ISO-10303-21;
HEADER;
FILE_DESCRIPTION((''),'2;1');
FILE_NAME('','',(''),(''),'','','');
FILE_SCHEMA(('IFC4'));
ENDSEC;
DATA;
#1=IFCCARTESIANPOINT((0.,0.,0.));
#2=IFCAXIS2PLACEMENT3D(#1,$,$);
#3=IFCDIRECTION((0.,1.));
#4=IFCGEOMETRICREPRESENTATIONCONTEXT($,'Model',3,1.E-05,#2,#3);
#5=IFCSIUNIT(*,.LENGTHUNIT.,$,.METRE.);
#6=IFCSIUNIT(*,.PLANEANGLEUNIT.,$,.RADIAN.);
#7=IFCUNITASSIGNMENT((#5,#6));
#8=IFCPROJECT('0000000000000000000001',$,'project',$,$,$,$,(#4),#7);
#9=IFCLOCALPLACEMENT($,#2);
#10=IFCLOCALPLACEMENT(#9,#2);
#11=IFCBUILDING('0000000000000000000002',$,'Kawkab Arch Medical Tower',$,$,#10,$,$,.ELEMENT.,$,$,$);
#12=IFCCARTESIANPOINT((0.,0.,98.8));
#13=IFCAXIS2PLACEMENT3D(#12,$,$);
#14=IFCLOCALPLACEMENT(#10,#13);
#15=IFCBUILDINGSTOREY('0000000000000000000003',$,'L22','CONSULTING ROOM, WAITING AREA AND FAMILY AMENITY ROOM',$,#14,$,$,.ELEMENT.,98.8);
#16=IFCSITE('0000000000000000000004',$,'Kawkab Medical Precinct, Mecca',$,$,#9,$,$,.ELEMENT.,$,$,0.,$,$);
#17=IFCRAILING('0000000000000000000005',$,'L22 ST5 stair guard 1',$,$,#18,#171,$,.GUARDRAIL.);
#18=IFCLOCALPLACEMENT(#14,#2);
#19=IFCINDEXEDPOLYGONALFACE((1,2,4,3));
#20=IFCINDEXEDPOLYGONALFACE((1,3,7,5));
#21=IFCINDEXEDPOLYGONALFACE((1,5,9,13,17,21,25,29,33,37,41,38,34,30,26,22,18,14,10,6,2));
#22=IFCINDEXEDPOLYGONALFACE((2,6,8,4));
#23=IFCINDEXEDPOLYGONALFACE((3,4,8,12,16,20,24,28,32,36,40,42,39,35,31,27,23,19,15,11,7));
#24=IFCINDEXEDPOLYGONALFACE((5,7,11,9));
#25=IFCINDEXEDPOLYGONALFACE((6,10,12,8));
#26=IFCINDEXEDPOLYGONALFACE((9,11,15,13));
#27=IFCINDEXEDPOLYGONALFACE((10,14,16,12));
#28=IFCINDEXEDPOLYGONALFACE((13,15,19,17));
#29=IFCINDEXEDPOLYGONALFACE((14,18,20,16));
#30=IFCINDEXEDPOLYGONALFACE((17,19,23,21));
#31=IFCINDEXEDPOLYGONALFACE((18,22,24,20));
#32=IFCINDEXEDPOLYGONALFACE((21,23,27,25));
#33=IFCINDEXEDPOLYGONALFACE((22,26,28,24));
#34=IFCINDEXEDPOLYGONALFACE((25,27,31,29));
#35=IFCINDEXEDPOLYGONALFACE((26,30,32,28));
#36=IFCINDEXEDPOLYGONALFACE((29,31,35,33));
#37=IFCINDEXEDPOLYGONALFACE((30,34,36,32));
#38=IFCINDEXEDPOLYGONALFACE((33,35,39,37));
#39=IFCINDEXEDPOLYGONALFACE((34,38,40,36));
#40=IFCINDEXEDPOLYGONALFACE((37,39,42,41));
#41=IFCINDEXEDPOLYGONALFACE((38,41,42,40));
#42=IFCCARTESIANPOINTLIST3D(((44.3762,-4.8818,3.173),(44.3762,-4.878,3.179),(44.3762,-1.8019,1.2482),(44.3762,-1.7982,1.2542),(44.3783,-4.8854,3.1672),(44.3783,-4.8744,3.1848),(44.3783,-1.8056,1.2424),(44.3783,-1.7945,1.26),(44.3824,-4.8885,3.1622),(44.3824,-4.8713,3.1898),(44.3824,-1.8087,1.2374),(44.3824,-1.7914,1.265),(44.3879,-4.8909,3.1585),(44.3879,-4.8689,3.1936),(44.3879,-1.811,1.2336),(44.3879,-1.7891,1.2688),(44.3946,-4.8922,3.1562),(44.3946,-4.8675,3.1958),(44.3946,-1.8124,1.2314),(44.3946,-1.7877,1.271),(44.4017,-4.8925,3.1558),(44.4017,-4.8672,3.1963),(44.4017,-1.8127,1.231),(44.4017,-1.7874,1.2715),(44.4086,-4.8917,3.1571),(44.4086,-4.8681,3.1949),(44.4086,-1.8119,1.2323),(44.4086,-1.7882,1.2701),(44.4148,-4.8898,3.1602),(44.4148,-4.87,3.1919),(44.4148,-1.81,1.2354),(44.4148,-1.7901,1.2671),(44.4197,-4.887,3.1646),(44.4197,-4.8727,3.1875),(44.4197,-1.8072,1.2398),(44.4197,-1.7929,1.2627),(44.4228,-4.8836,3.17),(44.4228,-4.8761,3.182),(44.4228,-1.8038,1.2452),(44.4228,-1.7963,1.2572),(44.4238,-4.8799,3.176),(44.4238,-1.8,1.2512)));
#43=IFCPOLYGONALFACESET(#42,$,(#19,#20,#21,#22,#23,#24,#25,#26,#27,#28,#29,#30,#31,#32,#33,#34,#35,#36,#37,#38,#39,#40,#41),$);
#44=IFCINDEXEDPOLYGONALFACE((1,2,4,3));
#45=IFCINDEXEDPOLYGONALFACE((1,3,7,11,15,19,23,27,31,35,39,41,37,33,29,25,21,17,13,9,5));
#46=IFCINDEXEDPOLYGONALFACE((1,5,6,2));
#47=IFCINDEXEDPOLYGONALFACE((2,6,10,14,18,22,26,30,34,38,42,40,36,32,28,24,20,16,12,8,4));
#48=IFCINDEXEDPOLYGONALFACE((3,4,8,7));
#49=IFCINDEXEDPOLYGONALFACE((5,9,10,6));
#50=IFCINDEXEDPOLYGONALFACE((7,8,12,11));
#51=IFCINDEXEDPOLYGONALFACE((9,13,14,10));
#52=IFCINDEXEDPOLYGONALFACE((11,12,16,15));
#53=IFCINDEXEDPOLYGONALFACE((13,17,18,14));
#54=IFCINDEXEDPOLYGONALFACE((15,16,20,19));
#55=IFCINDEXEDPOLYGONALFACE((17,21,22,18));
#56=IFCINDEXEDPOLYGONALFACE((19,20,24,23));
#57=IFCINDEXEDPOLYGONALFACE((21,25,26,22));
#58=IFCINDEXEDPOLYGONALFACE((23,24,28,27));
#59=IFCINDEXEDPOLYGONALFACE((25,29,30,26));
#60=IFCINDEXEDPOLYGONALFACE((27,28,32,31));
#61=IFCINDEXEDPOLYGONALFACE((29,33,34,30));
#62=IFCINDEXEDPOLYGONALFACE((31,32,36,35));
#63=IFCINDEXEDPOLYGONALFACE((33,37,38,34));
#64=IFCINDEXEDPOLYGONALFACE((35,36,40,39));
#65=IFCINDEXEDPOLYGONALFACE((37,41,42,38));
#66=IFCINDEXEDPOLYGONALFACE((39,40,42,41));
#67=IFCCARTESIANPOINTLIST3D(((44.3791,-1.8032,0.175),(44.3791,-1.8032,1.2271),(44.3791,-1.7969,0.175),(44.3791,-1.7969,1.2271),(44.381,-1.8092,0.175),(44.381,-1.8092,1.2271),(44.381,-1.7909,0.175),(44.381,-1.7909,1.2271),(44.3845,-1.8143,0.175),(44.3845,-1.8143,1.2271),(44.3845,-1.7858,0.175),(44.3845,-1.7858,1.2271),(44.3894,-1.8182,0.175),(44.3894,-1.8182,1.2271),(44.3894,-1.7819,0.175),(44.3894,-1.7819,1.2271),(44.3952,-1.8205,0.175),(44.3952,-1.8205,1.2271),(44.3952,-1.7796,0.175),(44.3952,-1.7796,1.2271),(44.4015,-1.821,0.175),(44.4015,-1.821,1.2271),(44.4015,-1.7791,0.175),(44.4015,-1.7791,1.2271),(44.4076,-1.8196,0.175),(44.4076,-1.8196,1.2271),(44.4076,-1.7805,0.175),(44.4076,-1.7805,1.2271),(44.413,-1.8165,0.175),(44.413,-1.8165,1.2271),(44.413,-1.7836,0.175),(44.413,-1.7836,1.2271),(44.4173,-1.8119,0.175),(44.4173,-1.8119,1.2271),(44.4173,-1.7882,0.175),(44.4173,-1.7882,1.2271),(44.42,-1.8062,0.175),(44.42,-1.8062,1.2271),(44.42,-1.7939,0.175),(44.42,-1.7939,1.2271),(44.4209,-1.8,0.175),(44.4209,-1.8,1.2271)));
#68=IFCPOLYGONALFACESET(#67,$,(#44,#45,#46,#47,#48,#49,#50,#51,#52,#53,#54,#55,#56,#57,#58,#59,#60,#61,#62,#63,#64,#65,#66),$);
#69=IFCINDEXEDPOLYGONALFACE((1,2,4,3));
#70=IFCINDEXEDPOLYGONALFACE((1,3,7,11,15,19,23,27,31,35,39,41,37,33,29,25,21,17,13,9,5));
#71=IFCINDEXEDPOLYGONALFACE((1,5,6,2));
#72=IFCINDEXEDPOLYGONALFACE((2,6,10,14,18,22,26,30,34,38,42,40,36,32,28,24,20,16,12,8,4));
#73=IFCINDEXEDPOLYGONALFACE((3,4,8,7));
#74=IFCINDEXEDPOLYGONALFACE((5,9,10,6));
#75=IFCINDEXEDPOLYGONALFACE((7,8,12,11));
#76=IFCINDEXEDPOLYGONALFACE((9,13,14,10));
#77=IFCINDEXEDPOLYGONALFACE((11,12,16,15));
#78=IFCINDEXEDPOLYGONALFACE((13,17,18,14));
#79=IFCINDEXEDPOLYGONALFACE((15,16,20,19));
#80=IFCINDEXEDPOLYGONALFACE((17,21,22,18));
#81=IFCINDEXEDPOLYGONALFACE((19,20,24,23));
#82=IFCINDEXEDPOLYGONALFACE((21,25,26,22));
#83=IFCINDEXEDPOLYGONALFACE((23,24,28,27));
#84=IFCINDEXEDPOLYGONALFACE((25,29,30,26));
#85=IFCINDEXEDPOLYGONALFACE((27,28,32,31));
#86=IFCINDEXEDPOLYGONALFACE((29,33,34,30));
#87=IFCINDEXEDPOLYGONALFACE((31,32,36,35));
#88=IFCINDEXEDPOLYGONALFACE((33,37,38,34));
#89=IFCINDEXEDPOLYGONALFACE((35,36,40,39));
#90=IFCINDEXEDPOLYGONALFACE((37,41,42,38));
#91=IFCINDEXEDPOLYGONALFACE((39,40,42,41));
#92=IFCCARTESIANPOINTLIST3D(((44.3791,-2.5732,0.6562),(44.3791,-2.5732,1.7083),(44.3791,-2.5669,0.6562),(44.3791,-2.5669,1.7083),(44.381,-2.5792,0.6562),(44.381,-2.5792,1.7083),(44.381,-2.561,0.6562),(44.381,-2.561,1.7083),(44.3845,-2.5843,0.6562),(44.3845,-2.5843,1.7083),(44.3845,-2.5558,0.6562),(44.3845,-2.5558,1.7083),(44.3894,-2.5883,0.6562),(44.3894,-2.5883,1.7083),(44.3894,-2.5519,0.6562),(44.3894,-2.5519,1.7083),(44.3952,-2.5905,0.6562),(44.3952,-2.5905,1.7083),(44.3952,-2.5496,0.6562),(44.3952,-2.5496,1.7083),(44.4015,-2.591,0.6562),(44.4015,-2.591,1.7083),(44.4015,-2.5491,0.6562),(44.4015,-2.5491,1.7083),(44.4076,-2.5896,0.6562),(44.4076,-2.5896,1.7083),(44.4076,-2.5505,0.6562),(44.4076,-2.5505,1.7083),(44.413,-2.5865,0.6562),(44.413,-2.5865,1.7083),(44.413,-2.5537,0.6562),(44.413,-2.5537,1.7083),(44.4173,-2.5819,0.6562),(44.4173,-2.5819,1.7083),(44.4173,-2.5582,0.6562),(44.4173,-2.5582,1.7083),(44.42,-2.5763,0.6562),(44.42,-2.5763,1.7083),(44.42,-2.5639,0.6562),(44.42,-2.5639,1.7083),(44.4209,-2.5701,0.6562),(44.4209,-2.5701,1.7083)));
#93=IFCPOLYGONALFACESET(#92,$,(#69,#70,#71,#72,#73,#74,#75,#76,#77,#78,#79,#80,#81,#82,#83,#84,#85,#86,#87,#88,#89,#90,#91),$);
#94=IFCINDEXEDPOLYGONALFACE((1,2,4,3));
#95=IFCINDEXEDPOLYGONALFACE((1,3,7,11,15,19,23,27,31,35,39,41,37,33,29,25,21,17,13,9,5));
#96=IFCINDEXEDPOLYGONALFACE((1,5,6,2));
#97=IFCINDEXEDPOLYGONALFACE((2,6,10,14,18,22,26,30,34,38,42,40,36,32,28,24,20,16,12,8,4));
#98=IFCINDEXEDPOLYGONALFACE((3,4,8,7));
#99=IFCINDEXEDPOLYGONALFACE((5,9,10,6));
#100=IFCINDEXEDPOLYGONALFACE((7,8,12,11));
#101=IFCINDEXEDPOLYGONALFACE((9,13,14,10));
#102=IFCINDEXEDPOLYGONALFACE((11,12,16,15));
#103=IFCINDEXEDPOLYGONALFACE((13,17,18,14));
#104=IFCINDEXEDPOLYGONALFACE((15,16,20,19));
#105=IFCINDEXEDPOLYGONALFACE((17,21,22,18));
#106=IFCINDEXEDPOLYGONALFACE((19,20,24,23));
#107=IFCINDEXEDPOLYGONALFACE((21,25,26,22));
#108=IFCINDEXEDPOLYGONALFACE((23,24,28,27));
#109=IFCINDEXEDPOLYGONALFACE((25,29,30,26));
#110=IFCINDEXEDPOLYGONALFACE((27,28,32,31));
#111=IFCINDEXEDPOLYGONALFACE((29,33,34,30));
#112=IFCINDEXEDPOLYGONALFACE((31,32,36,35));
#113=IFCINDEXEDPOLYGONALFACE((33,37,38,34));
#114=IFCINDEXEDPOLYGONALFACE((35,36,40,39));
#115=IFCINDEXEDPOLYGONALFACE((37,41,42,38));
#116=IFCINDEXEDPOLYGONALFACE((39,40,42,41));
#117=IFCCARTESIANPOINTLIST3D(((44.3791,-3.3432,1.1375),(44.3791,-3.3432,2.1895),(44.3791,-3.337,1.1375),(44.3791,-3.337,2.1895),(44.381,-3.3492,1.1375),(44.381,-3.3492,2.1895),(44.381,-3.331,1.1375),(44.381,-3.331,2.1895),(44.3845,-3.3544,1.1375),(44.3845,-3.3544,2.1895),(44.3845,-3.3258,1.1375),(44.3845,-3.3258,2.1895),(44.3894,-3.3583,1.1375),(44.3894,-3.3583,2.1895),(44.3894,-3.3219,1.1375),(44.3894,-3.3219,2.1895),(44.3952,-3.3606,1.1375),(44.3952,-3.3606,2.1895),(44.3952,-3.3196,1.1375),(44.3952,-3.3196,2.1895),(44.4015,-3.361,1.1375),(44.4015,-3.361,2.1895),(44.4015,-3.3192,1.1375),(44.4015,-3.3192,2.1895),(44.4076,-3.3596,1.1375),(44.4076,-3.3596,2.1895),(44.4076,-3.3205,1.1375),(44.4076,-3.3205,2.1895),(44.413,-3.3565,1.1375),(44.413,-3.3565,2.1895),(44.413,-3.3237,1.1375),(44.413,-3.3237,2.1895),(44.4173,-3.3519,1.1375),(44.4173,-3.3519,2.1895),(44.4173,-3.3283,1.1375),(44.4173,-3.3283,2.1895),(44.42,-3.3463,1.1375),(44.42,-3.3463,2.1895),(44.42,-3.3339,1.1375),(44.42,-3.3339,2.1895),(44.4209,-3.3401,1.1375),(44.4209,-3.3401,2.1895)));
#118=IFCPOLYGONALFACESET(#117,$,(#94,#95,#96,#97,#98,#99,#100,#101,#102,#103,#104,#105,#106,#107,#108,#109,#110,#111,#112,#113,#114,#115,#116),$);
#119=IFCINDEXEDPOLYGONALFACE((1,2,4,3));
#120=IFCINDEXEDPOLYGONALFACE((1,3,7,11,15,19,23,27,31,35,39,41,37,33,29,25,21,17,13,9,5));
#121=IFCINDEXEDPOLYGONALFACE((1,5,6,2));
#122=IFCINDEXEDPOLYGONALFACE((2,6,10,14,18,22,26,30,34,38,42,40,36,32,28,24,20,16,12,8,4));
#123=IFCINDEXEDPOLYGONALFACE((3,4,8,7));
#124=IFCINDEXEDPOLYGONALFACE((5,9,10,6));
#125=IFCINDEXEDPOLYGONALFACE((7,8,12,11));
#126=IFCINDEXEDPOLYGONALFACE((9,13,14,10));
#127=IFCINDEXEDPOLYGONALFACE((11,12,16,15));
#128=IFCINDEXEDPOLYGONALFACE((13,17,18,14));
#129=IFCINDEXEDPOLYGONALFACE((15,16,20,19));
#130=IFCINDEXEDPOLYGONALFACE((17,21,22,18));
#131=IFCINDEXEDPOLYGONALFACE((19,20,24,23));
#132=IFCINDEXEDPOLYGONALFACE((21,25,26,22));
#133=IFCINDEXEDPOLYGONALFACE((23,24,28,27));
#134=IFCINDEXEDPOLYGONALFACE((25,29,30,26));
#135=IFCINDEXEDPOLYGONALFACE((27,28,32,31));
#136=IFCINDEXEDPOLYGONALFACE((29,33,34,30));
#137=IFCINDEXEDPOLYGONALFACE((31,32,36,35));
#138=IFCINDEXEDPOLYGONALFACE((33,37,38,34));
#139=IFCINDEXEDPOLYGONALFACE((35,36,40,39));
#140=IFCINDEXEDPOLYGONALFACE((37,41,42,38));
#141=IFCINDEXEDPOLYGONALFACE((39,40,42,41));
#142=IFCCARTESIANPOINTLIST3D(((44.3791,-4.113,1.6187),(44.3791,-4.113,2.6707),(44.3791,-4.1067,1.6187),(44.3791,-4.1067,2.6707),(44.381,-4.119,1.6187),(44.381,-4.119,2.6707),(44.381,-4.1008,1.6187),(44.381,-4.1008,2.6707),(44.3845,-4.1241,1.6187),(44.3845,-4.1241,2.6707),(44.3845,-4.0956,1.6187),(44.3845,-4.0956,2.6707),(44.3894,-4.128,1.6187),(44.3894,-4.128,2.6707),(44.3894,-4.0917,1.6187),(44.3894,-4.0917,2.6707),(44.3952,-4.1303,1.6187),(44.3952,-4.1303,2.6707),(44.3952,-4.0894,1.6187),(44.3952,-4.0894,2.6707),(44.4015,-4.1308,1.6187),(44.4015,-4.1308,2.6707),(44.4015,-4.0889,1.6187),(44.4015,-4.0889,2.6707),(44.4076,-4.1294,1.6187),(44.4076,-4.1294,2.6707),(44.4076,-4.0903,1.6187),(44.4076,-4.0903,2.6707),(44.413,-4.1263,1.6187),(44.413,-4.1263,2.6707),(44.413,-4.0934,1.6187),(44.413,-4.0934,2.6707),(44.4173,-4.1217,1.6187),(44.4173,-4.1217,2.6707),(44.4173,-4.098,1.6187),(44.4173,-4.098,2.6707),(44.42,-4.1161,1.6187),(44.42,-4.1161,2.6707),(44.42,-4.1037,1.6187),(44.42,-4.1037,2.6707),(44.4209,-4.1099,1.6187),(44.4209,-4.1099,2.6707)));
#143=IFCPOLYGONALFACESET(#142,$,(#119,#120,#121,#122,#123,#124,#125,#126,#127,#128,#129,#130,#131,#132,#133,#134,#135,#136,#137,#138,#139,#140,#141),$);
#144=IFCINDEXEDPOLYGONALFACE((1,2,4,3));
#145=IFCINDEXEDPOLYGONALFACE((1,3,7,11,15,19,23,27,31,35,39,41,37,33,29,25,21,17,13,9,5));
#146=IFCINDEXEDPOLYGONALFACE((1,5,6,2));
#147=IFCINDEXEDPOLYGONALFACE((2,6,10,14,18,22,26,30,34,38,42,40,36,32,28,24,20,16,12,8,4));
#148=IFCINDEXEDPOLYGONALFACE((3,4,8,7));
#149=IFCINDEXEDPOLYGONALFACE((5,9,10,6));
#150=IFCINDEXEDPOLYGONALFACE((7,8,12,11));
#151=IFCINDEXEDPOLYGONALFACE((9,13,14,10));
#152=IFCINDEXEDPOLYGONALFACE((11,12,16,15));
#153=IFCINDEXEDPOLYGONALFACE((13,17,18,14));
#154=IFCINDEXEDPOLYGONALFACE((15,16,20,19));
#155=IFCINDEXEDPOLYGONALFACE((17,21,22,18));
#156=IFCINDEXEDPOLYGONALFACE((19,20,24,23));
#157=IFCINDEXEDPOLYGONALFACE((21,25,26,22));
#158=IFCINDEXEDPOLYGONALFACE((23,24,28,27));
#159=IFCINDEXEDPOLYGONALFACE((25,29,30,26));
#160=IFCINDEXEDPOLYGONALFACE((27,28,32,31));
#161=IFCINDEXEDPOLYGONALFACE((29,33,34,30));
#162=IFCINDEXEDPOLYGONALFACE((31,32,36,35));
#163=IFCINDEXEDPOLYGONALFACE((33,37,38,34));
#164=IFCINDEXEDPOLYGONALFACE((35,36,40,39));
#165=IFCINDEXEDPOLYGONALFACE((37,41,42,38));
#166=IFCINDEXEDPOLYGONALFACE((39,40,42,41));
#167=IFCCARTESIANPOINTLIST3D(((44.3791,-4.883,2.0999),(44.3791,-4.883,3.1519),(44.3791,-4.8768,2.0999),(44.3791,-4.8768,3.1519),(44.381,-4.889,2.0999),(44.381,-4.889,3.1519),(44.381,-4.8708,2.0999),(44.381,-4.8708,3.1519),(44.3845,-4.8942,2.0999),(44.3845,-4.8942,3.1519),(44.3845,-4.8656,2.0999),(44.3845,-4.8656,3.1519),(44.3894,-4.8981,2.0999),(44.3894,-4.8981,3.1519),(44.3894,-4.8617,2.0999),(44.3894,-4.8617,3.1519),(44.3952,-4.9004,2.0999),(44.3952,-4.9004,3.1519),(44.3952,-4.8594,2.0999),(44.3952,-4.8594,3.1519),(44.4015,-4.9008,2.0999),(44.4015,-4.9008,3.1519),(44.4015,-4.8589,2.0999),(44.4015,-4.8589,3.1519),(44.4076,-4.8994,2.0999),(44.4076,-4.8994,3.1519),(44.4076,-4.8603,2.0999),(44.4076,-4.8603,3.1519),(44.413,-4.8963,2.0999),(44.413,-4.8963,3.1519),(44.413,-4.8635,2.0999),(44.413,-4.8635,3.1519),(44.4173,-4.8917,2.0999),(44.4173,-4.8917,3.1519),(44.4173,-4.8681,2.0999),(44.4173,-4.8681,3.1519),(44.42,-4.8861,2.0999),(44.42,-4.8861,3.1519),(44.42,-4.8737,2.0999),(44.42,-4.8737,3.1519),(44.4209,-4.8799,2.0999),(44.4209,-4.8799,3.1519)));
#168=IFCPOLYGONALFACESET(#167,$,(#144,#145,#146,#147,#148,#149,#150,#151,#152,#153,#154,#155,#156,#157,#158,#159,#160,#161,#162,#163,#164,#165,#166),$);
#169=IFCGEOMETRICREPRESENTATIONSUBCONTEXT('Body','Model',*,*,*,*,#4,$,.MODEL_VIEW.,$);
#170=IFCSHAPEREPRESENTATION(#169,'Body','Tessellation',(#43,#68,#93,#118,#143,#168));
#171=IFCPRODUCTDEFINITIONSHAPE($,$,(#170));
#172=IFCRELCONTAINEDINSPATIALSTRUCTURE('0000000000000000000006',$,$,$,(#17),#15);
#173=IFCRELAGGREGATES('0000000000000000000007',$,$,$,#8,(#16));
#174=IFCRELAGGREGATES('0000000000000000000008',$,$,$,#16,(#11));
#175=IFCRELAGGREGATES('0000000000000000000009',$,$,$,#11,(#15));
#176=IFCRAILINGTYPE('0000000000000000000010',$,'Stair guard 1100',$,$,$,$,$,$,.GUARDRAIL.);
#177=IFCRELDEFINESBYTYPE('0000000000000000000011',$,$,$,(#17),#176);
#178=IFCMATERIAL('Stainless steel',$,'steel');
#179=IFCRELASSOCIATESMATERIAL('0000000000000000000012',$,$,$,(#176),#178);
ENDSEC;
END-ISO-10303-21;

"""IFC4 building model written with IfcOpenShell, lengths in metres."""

from ifc_helpers import new_model, si_unit, direction, frame, origin, origin_2d, place, context, subcontext, project, spatial, circle, extrude, material, type_object, element, save


model = new_model("IFC4")

# Units and contexts
model_context = context("Model", 3, precision=1e-05, world=origin(), true_north=direction((0.0, 1.0)))
body_context = subcontext(model_context, "Body", "Model", "MODEL_VIEW")
ifc_project = project(units=[si_unit("LENGTHUNIT", "METRE"), si_unit("PLANEANGLEUNIT", "RADIAN")], contexts=[model_context])

# Site, building, storey
site_placement = place(None, origin())
site = spatial("IfcSite", under=ifc_project, at=site_placement, Name="Kawkab Medical Precinct, Mecca", CompositionType="ELEMENT", RefElevation=0.0)
building_placement = place(site_placement, origin())
building = spatial("IfcBuilding", under=site, at=building_placement, Name="Kawkab Arch Medical Tower", CompositionType="ELEMENT")
storey_placement = place(building_placement, frame((0.0, 0.0, 98.8)))
storey = spatial("IfcBuildingStorey", under=building, at=storey_placement, Name="L22", Description="CONSULTING ROOM, WAITING AREA AND FAMILY AMENITY ROOM", CompositionType="ELEMENT", Elevation=98.8)

# Railing
ifc_material_1 = material(Name="Stainless steel", Category="steel")
railing_type = type_object("IfcRailingType", Name="Stair guard 1100", PredefinedType="GUARDRAIL", material=ifc_material_1)
railing_1_placement = place(storey_placement, frame((44.3999, -1.8, 0.175)))
element("IfcRailing", 1, at=railing_1_placement, inside=storey, type_object=railing_type, Name="L22 ST5 stair guard 1", PredefinedType="GUARDRAIL", context=body_context, shape_type="SweptSolid", body=[
    extrude(circle(Radius=0.0239, at=origin_2d()), frame((0.0, 0.0, 1.0762), z_axis=(0.0, -0.84801, 0.529981), x_axis=(1.0, 0.0, 0.0)), (0.0, 0.0, 1.0), 3.6318),
    extrude(circle(Radius=0.021, at=origin_2d()), origin(), (0.0, 0.0, 1.0), 1.052),
    extrude(circle(Radius=0.021, at=origin_2d()), frame((0.0, -0.77, 0.4812)), (0.0, 0.0, 1.0), 1.052),
    extrude(circle(Radius=0.021, at=origin_2d()), frame((0.0, -1.54, 0.9624)), (0.0, 0.0, 1.0), 1.052),
    extrude(circle(Radius=0.021, at=origin_2d()), frame((0.0, -2.3098, 1.4436)), (0.0, 0.0, 1.0), 1.052),
    extrude(circle(Radius=0.021, at=origin_2d()), frame((0.0, -3.0798, 1.9248)), (0.0, 0.0, 1.0), 1.052),
])

save(model, "model.ifc")
